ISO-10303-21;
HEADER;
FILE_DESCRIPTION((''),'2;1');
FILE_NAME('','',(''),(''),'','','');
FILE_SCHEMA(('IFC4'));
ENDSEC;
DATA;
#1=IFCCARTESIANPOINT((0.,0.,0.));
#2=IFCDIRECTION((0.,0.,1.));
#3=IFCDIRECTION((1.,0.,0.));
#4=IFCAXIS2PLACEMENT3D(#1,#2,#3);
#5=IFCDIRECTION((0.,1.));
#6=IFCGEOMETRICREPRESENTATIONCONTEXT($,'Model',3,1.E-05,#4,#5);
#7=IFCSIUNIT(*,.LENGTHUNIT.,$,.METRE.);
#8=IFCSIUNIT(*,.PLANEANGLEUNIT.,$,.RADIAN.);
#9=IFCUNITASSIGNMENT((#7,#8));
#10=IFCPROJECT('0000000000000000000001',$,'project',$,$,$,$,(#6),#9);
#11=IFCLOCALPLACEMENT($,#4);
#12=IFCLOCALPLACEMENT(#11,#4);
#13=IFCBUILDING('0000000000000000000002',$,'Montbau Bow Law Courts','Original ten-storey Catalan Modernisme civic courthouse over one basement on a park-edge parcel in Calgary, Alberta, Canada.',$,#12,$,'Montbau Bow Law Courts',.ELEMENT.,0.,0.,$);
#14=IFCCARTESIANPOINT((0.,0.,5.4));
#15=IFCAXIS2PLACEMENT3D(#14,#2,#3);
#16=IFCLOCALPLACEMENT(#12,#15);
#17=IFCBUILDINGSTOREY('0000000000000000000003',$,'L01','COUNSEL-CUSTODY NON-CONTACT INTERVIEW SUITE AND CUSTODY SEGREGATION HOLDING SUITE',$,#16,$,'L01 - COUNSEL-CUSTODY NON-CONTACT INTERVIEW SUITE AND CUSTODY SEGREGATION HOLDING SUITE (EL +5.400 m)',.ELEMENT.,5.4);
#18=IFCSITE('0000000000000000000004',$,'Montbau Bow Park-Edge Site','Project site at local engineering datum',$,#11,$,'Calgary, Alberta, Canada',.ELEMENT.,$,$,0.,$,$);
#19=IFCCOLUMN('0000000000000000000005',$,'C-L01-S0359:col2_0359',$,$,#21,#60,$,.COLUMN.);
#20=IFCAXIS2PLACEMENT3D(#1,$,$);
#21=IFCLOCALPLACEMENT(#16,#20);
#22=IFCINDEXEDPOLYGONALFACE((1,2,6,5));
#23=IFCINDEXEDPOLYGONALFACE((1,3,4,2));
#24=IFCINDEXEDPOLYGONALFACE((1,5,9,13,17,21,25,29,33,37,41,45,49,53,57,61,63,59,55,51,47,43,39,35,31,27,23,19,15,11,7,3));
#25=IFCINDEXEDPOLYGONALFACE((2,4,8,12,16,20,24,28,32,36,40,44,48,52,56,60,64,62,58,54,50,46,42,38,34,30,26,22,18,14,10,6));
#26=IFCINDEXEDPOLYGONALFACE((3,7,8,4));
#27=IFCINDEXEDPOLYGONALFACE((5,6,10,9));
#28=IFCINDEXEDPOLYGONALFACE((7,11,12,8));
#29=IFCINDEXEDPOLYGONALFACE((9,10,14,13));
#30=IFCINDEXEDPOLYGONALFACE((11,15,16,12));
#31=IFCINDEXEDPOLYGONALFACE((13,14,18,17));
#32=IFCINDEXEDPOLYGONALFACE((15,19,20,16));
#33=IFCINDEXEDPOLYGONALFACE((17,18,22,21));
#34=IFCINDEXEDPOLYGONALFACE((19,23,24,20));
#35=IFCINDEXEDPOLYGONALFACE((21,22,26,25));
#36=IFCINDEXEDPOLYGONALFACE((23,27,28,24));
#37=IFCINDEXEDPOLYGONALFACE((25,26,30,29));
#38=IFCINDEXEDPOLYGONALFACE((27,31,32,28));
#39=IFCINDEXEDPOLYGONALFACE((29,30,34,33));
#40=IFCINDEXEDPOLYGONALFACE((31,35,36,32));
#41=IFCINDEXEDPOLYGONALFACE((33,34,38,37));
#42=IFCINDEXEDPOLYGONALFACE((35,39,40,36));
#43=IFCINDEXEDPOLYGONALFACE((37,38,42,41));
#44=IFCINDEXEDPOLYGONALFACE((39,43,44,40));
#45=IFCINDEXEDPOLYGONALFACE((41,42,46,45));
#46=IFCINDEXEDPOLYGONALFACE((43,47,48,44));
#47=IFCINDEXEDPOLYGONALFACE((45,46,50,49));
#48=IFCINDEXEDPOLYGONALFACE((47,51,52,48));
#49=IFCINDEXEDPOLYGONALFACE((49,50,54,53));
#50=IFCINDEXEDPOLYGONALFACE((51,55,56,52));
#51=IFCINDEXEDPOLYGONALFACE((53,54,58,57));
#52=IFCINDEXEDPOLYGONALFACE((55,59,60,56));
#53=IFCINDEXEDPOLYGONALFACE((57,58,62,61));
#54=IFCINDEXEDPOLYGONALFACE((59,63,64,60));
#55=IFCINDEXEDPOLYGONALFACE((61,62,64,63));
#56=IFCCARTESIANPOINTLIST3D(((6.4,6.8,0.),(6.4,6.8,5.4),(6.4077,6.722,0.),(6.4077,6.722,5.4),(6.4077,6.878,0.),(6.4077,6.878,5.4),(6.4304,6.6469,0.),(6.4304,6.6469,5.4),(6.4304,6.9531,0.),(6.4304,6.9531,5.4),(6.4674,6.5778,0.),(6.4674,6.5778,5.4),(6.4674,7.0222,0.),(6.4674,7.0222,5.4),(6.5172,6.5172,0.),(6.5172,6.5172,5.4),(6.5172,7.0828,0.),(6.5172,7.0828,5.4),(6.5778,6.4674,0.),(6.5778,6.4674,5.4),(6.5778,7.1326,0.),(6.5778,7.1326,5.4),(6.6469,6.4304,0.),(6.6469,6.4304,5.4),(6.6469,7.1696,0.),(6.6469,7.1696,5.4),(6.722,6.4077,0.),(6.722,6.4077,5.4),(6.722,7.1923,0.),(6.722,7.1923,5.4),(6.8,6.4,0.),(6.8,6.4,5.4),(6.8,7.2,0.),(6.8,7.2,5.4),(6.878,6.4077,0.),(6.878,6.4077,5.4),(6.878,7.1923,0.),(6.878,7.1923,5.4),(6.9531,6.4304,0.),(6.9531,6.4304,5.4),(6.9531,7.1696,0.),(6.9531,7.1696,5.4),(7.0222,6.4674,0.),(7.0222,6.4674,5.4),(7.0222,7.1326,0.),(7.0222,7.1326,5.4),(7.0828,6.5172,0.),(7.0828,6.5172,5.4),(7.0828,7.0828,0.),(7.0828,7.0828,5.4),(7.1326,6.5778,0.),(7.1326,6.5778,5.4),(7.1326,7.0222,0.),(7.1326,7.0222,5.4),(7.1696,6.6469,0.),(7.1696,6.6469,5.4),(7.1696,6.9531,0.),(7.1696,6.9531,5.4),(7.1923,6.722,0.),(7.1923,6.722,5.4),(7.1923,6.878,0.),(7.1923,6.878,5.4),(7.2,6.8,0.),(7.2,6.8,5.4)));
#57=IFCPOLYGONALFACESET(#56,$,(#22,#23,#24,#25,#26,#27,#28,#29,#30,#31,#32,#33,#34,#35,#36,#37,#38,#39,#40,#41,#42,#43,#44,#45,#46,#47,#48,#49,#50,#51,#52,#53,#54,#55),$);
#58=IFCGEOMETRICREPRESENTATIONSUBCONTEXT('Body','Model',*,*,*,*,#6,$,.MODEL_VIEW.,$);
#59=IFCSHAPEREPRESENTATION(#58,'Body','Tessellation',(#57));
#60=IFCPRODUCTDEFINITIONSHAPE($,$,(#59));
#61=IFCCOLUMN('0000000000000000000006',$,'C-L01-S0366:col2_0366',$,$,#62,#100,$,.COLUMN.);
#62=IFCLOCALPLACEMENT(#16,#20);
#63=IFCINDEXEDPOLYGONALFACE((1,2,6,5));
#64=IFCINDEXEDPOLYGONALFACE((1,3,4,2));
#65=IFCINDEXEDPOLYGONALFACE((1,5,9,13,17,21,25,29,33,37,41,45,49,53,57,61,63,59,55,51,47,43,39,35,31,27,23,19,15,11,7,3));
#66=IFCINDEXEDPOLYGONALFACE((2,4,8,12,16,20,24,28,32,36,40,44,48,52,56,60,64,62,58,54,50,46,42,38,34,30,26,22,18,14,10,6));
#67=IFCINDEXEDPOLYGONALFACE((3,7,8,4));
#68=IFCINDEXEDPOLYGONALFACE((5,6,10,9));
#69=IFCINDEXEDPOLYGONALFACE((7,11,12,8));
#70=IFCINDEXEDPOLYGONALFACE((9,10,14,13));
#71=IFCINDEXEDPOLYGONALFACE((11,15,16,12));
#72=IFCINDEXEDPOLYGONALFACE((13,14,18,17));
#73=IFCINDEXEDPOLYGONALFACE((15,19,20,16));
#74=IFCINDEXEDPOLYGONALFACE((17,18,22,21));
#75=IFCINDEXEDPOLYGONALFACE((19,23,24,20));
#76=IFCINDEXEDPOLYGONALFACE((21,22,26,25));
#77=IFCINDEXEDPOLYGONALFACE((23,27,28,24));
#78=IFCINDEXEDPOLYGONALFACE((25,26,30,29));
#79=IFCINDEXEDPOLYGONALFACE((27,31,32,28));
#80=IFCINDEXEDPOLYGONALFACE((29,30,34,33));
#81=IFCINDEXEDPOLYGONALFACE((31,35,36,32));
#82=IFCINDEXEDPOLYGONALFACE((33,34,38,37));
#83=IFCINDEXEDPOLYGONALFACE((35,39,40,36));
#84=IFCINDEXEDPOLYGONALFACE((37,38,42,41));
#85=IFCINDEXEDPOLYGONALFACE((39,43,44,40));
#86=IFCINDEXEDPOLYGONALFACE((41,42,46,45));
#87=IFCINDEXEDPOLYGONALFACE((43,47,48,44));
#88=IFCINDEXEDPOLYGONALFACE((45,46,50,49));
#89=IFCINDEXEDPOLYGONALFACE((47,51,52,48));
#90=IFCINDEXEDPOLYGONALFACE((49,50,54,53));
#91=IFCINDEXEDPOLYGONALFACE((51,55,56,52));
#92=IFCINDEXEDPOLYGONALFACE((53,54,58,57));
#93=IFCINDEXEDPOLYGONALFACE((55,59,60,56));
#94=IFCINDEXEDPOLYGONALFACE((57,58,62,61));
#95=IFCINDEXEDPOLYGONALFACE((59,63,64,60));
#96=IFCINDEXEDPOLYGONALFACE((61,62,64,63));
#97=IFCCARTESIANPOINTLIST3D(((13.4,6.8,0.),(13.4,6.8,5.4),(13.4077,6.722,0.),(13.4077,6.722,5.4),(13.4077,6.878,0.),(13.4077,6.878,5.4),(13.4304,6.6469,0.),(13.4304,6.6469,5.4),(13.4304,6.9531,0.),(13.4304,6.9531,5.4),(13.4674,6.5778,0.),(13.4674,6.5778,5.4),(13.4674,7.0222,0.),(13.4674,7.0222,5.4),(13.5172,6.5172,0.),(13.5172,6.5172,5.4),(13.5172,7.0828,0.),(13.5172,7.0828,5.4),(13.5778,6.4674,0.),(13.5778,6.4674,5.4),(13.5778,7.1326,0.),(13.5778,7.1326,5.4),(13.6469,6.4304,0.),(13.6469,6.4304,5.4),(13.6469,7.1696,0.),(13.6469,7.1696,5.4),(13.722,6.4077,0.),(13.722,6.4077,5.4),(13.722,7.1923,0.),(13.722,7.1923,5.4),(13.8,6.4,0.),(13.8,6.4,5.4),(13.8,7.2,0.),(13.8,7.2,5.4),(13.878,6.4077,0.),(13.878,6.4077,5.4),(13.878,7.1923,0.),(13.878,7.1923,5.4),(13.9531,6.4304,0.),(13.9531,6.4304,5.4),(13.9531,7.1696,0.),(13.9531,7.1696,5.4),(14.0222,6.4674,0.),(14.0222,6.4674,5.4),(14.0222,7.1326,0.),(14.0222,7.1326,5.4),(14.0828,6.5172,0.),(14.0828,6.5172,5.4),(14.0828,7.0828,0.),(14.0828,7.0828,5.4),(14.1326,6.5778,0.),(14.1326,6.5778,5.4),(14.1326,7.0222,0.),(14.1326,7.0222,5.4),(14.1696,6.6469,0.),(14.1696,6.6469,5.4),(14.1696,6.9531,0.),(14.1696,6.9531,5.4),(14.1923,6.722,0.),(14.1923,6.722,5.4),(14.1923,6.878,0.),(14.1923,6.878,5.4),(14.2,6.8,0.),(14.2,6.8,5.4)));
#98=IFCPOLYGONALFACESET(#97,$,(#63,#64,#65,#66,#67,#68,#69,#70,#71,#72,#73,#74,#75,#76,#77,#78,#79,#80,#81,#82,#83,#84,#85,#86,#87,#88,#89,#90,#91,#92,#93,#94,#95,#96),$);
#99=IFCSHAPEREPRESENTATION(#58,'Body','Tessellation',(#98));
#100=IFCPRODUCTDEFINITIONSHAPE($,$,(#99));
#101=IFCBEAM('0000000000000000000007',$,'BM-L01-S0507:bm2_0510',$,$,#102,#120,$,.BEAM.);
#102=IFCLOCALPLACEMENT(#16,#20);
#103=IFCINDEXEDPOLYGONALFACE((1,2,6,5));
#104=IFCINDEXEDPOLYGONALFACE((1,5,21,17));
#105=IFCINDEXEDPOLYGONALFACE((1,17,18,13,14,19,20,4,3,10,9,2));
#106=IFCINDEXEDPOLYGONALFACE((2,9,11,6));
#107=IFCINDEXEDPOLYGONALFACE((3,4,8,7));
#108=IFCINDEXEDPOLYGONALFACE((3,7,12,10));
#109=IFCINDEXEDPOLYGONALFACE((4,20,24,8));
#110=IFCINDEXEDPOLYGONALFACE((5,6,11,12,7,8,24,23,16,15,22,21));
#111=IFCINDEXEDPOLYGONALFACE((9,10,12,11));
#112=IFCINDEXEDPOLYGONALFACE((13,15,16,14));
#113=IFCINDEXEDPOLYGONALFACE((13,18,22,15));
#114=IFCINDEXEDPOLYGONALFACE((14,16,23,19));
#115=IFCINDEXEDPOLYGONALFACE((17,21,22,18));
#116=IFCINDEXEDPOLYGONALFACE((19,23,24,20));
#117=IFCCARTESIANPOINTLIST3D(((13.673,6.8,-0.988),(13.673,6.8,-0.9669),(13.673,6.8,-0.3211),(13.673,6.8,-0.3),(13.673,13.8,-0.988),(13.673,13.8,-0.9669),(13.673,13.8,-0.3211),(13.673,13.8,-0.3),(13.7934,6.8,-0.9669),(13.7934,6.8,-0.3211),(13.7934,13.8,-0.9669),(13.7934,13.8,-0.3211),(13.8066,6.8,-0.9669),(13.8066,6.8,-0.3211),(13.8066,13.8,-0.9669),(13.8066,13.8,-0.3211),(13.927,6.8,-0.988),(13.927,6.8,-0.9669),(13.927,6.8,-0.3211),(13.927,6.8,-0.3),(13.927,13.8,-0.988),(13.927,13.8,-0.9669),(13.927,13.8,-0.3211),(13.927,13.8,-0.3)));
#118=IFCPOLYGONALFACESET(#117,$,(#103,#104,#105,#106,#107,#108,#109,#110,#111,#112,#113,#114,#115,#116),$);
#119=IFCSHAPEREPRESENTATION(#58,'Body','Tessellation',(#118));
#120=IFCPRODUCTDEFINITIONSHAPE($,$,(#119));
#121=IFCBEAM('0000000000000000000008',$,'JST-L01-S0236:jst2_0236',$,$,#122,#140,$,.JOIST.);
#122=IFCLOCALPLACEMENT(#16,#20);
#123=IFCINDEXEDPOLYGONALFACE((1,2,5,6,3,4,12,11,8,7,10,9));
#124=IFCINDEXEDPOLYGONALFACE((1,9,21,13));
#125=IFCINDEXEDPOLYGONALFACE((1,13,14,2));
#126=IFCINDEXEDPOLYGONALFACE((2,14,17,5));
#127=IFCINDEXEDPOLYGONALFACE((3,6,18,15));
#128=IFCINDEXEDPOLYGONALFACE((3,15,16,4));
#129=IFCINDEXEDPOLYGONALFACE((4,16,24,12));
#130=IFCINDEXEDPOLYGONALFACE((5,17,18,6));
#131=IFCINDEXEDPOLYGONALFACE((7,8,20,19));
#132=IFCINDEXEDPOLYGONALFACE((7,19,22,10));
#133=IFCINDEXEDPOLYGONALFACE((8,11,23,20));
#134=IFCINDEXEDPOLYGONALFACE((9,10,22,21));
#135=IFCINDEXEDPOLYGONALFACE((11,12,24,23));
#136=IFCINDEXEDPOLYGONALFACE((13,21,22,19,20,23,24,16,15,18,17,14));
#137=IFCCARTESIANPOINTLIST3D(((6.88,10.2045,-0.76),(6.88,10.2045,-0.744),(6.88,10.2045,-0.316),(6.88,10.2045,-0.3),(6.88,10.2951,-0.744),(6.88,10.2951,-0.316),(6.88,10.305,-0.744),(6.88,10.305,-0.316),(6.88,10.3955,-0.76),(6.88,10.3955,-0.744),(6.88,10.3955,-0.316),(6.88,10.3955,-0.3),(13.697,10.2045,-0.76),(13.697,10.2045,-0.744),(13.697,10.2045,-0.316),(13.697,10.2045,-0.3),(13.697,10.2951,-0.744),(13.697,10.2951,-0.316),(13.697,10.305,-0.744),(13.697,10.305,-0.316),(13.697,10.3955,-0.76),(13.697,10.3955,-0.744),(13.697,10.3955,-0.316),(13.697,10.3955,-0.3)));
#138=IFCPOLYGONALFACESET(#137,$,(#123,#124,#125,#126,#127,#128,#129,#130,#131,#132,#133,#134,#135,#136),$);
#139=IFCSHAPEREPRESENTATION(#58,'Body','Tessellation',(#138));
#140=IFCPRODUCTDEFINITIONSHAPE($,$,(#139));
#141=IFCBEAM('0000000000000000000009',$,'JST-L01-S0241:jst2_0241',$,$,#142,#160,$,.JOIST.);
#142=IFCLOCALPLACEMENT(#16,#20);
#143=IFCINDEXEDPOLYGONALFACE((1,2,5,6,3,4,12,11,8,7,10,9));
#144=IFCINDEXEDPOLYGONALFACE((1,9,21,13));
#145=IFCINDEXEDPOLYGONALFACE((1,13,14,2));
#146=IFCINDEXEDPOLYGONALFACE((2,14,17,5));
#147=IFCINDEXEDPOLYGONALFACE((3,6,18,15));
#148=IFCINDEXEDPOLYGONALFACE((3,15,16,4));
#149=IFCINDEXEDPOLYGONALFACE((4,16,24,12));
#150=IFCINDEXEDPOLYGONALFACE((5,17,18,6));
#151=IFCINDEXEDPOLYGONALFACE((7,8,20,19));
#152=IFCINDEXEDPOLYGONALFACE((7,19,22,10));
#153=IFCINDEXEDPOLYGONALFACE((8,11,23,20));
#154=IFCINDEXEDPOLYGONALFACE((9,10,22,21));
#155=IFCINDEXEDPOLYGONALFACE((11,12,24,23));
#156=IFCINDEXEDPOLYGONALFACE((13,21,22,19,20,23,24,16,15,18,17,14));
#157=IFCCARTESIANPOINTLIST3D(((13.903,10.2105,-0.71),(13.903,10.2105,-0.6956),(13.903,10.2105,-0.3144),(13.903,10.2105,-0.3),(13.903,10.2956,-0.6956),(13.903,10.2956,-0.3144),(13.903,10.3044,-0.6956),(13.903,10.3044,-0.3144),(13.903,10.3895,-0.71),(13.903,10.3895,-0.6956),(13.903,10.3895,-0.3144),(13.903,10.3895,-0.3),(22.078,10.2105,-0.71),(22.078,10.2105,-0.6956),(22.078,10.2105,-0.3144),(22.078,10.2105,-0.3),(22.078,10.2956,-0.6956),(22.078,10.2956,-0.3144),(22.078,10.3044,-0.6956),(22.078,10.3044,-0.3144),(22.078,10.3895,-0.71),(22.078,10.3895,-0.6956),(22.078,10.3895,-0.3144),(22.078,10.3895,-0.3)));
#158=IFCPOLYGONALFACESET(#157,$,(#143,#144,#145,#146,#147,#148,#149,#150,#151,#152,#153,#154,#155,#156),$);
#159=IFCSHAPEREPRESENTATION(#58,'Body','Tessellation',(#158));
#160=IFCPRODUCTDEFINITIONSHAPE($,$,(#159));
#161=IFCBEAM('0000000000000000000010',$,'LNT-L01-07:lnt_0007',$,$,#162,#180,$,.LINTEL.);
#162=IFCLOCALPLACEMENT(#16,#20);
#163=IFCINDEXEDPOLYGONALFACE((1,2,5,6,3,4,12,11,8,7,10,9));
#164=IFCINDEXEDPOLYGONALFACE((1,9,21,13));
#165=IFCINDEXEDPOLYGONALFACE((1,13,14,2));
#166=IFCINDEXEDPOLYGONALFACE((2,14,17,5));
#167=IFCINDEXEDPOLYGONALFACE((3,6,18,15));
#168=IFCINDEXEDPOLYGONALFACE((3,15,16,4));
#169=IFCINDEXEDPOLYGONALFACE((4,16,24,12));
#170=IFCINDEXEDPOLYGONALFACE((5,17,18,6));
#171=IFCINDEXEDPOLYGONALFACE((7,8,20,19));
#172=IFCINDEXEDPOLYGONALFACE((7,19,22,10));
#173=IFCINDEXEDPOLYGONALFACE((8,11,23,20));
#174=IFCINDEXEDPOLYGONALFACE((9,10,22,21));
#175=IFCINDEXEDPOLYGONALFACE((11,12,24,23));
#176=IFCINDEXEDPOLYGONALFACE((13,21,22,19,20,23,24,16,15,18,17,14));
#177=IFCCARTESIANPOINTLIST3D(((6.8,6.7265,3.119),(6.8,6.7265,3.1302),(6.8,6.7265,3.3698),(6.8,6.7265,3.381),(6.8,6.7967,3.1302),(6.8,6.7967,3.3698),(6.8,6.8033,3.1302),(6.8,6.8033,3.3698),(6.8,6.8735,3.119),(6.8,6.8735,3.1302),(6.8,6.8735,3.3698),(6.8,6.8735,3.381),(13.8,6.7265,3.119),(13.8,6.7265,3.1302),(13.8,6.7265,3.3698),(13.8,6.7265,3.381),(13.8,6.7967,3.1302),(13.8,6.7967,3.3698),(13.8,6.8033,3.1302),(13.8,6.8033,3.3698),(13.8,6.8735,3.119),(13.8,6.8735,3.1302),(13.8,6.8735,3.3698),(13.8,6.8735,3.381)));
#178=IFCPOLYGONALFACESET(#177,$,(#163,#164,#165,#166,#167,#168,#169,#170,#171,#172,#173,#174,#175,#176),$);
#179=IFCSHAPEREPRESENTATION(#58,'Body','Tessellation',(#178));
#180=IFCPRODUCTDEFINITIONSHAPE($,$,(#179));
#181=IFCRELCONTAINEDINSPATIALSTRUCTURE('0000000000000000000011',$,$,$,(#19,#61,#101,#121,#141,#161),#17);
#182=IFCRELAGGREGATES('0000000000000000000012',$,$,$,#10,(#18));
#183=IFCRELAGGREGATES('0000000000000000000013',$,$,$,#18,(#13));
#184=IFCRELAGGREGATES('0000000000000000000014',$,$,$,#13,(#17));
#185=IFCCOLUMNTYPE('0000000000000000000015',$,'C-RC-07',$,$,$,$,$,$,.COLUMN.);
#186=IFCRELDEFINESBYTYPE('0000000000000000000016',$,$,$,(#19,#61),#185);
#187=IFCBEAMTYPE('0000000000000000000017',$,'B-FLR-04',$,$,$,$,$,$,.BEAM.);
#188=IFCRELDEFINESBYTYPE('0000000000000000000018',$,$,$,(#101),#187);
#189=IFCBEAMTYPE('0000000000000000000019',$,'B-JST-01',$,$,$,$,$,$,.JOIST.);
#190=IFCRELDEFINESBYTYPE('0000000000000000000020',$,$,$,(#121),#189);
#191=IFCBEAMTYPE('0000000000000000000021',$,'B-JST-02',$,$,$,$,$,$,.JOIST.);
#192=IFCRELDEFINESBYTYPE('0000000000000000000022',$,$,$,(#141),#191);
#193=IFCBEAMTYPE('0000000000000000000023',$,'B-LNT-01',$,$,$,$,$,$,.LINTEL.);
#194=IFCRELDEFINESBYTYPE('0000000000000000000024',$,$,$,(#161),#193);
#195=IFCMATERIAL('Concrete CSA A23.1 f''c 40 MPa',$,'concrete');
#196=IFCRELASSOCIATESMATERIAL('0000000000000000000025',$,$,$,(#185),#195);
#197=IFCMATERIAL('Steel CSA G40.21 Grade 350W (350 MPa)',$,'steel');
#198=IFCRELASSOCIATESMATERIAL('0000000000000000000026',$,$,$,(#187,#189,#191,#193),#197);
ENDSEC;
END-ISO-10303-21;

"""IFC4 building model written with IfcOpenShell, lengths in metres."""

from ifc_helpers import new_model, si_unit, direction, frame, origin_with_axes, origin_2d_with_axis, place, context, subcontext, project, spatial, circle, i_section, extrude, material, material_profile, profile_set, type_object, element, save


model = new_model("IFC4")

# Units and contexts
model_context = context("Model", 3, precision=1e-05, world=origin_with_axes(), true_north=direction((0.0, 1.0)))
body_context = subcontext(model_context, "Body", "Model", "MODEL_VIEW")
ifc_project = project(units=[si_unit("LENGTHUNIT", "METRE"), si_unit("PLANEANGLEUNIT", "RADIAN")], contexts=[model_context])

# Site, building, storey
site_placement = place(None, origin_with_axes())
site = spatial("IfcSite", under=ifc_project, at=site_placement, Name="Montbau Bow Park-Edge Site", Description="Project site at local engineering datum", LongName="Calgary, Alberta, Canada", CompositionType="ELEMENT", RefElevation=0.0)
building_placement = place(site_placement, origin_with_axes())
building = spatial("IfcBuilding", under=site, at=building_placement, Name="Montbau Bow Law Courts", Description="Original ten-storey Catalan Modernisme civic courthouse over one basement on a park-edge parcel in Calgary, Alberta, Canada.", LongName="Montbau Bow Law Courts", CompositionType="ELEMENT", ElevationOfRefHeight=0.0, ElevationOfTerrain=0.0)
storey_placement = place(building_placement, frame((0.0, 0.0, 5.4), z_axis=(0.0, 0.0, 1.0), x_axis=(1.0, 0.0, 0.0)))
storey = spatial("IfcBuildingStorey", under=building, at=storey_placement, Name="L01", Description="COUNSEL-CUSTODY NON-CONTACT INTERVIEW SUITE AND CUSTODY SEGREGATION HOLDING SUITE", LongName="L01 - COUNSEL-CUSTODY NON-CONTACT INTERVIEW SUITE AND CUSTODY SEGREGATION HOLDING SUITE (EL +5.400 m)", CompositionType="ELEMENT", Elevation=5.4)

# Columns
ifc_material_1 = material(Name="Concrete CSA A23.1 f'c 40 MPa", Category="concrete")
ifc_material_profile_1 = material_profile(ifc_material_1, circle(Radius=0.4, at=origin_2d_with_axis()), Name="RC800D", Category="Main", Priority=0)
ifc_profile_set_1 = profile_set([ifc_material_profile_1], Name="Concrete CSA A23.1 f'c 40 MPa")
column_type = type_object("IfcColumnType", Name="C-RC-07", PredefinedType="COLUMN", material=ifc_profile_set_1)
for number, where, z_axis, x_axis, name in (
    (1, (6.8, 6.8, 5.4), (0.0, 0.0, 1.0), (1.0, 0.0, 0.0), "C-L01-S0359:col2_0359"),
    (2, (13.8, 6.8, 5.4), (0.0, 0.0, 1.0), (1.0, 0.0, 0.0), "C-L01-S0366:col2_0366"),
):
    element("IfcColumn", number, at=place(None, frame(where, z_axis=z_axis, x_axis=x_axis)), inside=storey, type_object=column_type, Name=name, PredefinedType="COLUMN", context=body_context, shape_type="SweptSolid", body=[
        extrude(circle(Radius=0.4, at=origin_2d_with_axis()), origin_with_axes(), (0.0, 0.0, 1.0), 5.4),
    ])

# Beams
ifc_material_2 = material(Name="Steel CSA G40.21 Grade 350W (350 MPa)", Category="steel")
ifc_material_profile_2 = material_profile(ifc_material_2, i_section(OverallWidth=0.254, OverallDepth=0.688, WebThickness=0.0131, FlangeThickness=0.0211, at=origin_2d_with_axis()), Name="W690X152", Category="Main", Priority=0)
ifc_profile_set_2 = profile_set([ifc_material_profile_2], Name="Steel CSA G40.21 Grade 350W (350 MPa)")
beam_type_1 = type_object("IfcBeamType", Name="B-FLR-04", PredefinedType="BEAM", material=ifc_profile_set_2)
beam_1_placement = place(None, frame((13.8, 6.8, 4.756), z_axis=(0.0, 1.0, 0.0), x_axis=(-1.0, 0.0, 0.0)))
element("IfcBeam", 3, at=beam_1_placement, inside=storey, type_object=beam_type_1, Name="BM-L01-S0507:bm2_0510", PredefinedType="BEAM", context=body_context, shape_type="SweptSolid", body=[
    extrude(i_section(OverallWidth=0.254, OverallDepth=0.688, WebThickness=0.0131, FlangeThickness=0.0211, at=origin_2d_with_axis()), origin_with_axes(), (0.0, 0.0, 1.0), 7.0),
])
ifc_material_profile_3 = material_profile(ifc_material_2, i_section(OverallWidth=0.191, OverallDepth=0.46, WebThickness=0.0099, FlangeThickness=0.016, at=origin_2d_with_axis()), Name="W460X82", Category="Main", Priority=0)
ifc_profile_set_3 = profile_set([ifc_material_profile_3], Name="Steel CSA G40.21 Grade 350W (350 MPa)")
beam_type_2 = type_object("IfcBeamType", Name="B-JST-01", PredefinedType="JOIST", material=ifc_profile_set_3)
beam_2_placement = place(None, frame((6.88, 10.3, 4.87), z_axis=(1.0, 0.0, 0.0), x_axis=(0.0, 1.0, 0.0)))
element("IfcBeam", 4, at=beam_2_placement, inside=storey, type_object=beam_type_2, Name="JST-L01-S0236:jst2_0236", PredefinedType="JOIST", context=body_context, shape_type="SweptSolid", body=[
    extrude(i_section(OverallWidth=0.191, OverallDepth=0.46, WebThickness=0.0099, FlangeThickness=0.016, at=origin_2d_with_axis()), origin_with_axes(), (0.0, 0.0, 1.0), 6.817),
])
ifc_material_profile_4 = material_profile(ifc_material_2, i_section(OverallWidth=0.179, OverallDepth=0.41, WebThickness=0.0088, FlangeThickness=0.0144, at=origin_2d_with_axis()), Name="W410X67", Category="Main", Priority=0)
ifc_profile_set_4 = profile_set([ifc_material_profile_4], Name="Steel CSA G40.21 Grade 350W (350 MPa)")
beam_type_3 = type_object("IfcBeamType", Name="B-JST-02", PredefinedType="JOIST", material=ifc_profile_set_4)
beam_3_placement = place(None, frame((13.903, 10.3, 4.895), z_axis=(1.0, 0.0, 0.0), x_axis=(0.0, 1.0, 0.0)))
element("IfcBeam", 5, at=beam_3_placement, inside=storey, type_object=beam_type_3, Name="JST-L01-S0241:jst2_0241", PredefinedType="JOIST", context=body_context, shape_type="SweptSolid", body=[
    extrude(i_section(OverallWidth=0.179, OverallDepth=0.41, WebThickness=0.0088, FlangeThickness=0.0144, at=origin_2d_with_axis()), origin_with_axes(), (0.0, 0.0, 1.0), 8.175),
])
ifc_material_profile_5 = material_profile(ifc_material_2, i_section(OverallWidth=0.147, OverallDepth=0.262, WebThickness=0.0066, FlangeThickness=0.0112, at=origin_2d_with_axis()), Name="W250X39", Category="Main", Priority=0)
ifc_profile_set_5 = profile_set([ifc_material_profile_5], Name="Steel CSA G40.21 Grade 350W (350 MPa)")
beam_type_4 = type_object("IfcBeamType", Name="B-LNT-01", PredefinedType="LINTEL", material=ifc_profile_set_5)
beam_4_placement = place(None, frame((6.8, 6.8, 8.65), z_axis=(1.0, 0.0, 0.0), x_axis=(0.0, 1.0, 0.0)))
element("IfcBeam", 6, at=beam_4_placement, inside=storey, type_object=beam_type_4, Name="LNT-L01-07:lnt_0007", PredefinedType="LINTEL", context=body_context, shape_type="SweptSolid", body=[
    extrude(i_section(OverallWidth=0.147, OverallDepth=0.262, WebThickness=0.0066, FlangeThickness=0.0112, at=origin_2d_with_axis()), origin_with_axes(), (0.0, 0.0, 1.0), 7.0),
])

save(model, "model.ifc")
